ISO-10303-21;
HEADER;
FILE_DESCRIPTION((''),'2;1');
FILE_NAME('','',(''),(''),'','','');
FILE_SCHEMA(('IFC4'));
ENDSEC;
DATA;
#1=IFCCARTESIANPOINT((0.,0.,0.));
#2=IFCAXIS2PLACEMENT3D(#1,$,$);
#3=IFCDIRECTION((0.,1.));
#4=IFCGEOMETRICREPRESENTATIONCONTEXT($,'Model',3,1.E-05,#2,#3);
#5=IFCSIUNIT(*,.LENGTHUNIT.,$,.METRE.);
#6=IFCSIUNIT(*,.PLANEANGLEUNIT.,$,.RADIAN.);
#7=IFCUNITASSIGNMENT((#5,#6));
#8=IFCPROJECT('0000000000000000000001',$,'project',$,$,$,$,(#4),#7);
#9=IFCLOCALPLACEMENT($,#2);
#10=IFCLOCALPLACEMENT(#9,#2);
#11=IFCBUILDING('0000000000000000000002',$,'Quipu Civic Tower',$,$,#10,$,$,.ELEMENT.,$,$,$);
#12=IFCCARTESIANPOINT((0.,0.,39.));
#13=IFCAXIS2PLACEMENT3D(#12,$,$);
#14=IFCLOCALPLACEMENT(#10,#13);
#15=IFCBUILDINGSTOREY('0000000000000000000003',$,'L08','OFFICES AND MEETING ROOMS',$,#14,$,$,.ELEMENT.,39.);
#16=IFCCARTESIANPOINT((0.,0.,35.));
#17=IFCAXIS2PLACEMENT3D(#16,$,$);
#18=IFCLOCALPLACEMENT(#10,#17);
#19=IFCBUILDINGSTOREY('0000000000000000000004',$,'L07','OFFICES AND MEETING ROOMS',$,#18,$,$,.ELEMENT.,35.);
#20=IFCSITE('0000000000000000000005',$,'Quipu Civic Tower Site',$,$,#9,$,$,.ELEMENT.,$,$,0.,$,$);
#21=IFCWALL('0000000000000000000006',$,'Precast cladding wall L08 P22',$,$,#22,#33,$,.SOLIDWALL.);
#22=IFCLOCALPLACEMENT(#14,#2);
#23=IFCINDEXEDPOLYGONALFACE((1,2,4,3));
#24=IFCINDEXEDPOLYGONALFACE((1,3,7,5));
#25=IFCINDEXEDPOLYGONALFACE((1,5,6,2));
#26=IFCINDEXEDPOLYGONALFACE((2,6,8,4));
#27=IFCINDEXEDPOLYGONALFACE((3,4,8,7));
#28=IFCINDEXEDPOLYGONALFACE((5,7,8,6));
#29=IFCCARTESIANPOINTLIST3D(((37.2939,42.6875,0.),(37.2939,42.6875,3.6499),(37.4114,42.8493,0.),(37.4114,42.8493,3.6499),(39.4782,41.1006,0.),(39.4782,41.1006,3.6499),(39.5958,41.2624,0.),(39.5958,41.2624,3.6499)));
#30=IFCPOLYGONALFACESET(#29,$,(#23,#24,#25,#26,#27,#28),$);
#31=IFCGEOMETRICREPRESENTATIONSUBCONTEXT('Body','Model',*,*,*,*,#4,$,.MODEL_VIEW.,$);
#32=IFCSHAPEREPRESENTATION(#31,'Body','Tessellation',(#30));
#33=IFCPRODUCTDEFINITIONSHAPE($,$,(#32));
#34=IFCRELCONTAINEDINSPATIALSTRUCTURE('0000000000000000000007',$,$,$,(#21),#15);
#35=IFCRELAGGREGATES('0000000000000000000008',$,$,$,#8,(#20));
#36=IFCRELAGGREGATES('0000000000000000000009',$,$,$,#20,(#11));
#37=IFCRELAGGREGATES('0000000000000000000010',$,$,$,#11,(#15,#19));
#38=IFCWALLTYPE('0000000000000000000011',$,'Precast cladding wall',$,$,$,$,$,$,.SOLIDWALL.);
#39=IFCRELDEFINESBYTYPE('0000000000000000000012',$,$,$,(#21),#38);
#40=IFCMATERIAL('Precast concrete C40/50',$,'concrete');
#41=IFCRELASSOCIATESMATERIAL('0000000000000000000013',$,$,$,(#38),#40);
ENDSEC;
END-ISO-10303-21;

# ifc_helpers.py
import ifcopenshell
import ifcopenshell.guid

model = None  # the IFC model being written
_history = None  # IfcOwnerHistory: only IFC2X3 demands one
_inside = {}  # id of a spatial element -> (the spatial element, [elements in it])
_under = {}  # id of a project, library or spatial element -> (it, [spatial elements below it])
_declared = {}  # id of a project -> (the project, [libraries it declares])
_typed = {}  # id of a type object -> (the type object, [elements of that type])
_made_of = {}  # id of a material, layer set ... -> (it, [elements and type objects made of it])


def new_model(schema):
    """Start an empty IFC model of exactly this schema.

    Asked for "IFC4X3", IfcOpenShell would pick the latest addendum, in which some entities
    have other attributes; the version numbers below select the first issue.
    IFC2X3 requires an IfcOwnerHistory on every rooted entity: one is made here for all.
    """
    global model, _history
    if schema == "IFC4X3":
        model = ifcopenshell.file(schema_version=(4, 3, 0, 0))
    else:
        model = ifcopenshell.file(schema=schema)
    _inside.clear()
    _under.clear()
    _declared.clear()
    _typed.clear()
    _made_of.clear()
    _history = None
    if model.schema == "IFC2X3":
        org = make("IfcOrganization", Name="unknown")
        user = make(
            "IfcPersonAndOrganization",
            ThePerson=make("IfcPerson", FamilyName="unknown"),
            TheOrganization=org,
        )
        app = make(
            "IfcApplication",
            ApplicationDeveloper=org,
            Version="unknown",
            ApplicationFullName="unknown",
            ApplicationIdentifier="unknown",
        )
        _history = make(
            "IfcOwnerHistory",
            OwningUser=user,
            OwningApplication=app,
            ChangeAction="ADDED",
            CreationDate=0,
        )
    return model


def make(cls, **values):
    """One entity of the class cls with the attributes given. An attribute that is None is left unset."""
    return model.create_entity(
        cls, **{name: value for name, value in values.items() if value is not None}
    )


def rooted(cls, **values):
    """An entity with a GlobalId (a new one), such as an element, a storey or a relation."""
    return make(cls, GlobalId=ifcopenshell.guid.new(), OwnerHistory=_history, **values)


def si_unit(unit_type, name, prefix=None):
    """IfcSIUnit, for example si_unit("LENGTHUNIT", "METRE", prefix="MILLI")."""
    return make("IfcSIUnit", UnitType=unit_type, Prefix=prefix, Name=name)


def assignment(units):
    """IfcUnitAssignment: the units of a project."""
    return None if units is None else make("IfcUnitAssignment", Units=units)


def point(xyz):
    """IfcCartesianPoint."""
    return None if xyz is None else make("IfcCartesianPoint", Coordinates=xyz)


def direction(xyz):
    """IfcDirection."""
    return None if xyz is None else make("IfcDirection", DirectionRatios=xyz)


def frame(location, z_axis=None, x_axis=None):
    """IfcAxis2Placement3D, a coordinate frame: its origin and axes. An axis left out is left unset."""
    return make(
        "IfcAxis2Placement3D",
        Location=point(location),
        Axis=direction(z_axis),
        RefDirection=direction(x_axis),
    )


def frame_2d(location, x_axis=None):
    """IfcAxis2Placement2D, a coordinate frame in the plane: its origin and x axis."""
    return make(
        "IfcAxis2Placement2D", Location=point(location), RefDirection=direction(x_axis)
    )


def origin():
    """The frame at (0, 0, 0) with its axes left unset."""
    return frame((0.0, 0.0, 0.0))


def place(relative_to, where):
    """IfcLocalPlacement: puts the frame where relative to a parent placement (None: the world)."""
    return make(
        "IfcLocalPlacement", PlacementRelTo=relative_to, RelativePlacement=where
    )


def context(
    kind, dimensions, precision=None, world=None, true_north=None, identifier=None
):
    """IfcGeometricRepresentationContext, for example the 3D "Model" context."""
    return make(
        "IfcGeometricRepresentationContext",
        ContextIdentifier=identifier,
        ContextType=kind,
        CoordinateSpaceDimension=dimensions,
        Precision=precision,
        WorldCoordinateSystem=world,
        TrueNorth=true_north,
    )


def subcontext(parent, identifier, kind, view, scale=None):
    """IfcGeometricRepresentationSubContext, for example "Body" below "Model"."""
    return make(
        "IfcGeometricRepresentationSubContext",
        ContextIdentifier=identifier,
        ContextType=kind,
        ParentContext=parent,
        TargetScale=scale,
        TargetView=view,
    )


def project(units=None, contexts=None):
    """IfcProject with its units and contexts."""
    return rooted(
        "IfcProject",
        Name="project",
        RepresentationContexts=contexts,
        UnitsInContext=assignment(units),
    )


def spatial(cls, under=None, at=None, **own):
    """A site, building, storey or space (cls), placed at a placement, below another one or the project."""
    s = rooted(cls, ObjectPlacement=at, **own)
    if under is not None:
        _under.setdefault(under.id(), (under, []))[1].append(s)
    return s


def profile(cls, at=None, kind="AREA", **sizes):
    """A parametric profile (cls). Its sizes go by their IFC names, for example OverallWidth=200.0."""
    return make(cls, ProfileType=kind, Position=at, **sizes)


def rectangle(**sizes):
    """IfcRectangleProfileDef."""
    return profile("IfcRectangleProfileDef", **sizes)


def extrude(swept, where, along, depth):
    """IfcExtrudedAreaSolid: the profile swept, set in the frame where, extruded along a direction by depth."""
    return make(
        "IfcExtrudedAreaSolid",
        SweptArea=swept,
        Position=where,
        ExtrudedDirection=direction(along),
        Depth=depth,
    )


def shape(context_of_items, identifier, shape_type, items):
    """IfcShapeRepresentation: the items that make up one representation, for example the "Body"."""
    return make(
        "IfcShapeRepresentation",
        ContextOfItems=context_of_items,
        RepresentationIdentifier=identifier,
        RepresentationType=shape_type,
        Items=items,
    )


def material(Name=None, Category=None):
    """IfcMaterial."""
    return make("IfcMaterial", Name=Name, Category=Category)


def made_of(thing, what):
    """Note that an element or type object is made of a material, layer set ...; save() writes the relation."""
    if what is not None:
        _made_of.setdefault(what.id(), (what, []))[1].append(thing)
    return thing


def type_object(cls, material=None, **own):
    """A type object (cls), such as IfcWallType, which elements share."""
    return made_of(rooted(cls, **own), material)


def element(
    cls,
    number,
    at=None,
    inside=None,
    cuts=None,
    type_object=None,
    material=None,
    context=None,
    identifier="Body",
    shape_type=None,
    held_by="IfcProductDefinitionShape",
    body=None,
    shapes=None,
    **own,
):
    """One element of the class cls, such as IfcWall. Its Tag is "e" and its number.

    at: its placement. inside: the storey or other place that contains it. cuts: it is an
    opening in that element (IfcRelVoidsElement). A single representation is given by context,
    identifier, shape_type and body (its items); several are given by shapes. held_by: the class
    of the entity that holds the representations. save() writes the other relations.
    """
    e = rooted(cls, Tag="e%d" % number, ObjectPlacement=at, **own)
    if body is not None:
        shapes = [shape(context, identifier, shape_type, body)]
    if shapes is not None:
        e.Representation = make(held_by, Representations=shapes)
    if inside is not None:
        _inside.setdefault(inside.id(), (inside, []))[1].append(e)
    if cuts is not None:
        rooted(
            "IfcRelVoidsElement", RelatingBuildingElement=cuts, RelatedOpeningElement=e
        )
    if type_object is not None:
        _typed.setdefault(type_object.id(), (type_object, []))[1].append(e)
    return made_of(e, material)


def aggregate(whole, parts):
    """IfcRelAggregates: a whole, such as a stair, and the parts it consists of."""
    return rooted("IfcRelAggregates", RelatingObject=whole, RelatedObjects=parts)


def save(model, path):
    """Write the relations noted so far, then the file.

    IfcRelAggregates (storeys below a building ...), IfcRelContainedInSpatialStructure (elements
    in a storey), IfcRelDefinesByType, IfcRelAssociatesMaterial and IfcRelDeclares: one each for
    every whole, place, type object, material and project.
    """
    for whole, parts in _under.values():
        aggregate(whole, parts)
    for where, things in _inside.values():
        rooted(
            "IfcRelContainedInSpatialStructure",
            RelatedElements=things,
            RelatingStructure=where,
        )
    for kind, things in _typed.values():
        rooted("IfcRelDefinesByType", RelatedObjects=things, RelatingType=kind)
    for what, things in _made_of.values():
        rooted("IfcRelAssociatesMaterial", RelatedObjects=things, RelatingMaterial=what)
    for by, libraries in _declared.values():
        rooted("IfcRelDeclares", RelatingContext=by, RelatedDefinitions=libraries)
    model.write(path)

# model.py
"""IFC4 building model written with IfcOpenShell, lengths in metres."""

from ifc_helpers import new_model, si_unit, direction, frame, frame_2d, origin, place, context, subcontext, project, spatial, rectangle, extrude, material, type_object, element, save


model = new_model("IFC4")

# Units and contexts
model_context = context("Model", 3, precision=1e-05, world=origin(), true_north=direction((0.0, 1.0)))
body_context = subcontext(model_context, "Body", "Model", "MODEL_VIEW")
ifc_project = project(units=[si_unit("LENGTHUNIT", "METRE"), si_unit("PLANEANGLEUNIT", "RADIAN")], contexts=[model_context])

# Site, building, storey
site_placement = place(None, origin())
site = spatial("IfcSite", under=ifc_project, at=site_placement, Name="Quipu Civic Tower Site", CompositionType="ELEMENT", RefElevation=0.0)
building_placement = place(site_placement, origin())
building = spatial("IfcBuilding", under=site, at=building_placement, Name="Quipu Civic Tower", CompositionType="ELEMENT")
storey_1_placement = place(building_placement, frame((0.0, 0.0, 39.0)))
storey_1 = spatial("IfcBuildingStorey", under=building, at=storey_1_placement, Name="L08", Description="OFFICES AND MEETING ROOMS", CompositionType="ELEMENT", Elevation=39.0)

# Shared definitions
storey_2_placement = place(building_placement, frame((0.0, 0.0, 35.0)))
storey_2 = spatial("IfcBuildingStorey", under=building, at=storey_2_placement, Name="L07", Description="OFFICES AND MEETING ROOMS", CompositionType="ELEMENT", Elevation=35.0)

# Wall
ifc_material_1 = material(Name="Precast concrete C40/50", Category="concrete")
wall_type_1 = type_object("IfcWallType", Name="Precast cladding wall", PredefinedType="SOLIDWALL", material=ifc_material_1)
wall_1_placement = place(storey_1_placement, frame((39.5371, 41.1814, 0.0), z_axis=(0.0, 0.0, 1.0), x_axis=(-0.809033, 0.587763, 0.0)))
element("IfcWall", 1, at=wall_1_placement, inside=storey_1, type_object=wall_type_1, Name="Precast cladding wall L08 P22", PredefinedType="SOLIDWALL", context=body_context, shape_type="SweptSolid", body=[
    extrude(rectangle(XDim=2.7, YDim=0.2, at=frame_2d((1.3501, 0.0))), origin(), (0.0, 0.0, 1.0), 3.6499),
])

save(model, "model.ifc")
